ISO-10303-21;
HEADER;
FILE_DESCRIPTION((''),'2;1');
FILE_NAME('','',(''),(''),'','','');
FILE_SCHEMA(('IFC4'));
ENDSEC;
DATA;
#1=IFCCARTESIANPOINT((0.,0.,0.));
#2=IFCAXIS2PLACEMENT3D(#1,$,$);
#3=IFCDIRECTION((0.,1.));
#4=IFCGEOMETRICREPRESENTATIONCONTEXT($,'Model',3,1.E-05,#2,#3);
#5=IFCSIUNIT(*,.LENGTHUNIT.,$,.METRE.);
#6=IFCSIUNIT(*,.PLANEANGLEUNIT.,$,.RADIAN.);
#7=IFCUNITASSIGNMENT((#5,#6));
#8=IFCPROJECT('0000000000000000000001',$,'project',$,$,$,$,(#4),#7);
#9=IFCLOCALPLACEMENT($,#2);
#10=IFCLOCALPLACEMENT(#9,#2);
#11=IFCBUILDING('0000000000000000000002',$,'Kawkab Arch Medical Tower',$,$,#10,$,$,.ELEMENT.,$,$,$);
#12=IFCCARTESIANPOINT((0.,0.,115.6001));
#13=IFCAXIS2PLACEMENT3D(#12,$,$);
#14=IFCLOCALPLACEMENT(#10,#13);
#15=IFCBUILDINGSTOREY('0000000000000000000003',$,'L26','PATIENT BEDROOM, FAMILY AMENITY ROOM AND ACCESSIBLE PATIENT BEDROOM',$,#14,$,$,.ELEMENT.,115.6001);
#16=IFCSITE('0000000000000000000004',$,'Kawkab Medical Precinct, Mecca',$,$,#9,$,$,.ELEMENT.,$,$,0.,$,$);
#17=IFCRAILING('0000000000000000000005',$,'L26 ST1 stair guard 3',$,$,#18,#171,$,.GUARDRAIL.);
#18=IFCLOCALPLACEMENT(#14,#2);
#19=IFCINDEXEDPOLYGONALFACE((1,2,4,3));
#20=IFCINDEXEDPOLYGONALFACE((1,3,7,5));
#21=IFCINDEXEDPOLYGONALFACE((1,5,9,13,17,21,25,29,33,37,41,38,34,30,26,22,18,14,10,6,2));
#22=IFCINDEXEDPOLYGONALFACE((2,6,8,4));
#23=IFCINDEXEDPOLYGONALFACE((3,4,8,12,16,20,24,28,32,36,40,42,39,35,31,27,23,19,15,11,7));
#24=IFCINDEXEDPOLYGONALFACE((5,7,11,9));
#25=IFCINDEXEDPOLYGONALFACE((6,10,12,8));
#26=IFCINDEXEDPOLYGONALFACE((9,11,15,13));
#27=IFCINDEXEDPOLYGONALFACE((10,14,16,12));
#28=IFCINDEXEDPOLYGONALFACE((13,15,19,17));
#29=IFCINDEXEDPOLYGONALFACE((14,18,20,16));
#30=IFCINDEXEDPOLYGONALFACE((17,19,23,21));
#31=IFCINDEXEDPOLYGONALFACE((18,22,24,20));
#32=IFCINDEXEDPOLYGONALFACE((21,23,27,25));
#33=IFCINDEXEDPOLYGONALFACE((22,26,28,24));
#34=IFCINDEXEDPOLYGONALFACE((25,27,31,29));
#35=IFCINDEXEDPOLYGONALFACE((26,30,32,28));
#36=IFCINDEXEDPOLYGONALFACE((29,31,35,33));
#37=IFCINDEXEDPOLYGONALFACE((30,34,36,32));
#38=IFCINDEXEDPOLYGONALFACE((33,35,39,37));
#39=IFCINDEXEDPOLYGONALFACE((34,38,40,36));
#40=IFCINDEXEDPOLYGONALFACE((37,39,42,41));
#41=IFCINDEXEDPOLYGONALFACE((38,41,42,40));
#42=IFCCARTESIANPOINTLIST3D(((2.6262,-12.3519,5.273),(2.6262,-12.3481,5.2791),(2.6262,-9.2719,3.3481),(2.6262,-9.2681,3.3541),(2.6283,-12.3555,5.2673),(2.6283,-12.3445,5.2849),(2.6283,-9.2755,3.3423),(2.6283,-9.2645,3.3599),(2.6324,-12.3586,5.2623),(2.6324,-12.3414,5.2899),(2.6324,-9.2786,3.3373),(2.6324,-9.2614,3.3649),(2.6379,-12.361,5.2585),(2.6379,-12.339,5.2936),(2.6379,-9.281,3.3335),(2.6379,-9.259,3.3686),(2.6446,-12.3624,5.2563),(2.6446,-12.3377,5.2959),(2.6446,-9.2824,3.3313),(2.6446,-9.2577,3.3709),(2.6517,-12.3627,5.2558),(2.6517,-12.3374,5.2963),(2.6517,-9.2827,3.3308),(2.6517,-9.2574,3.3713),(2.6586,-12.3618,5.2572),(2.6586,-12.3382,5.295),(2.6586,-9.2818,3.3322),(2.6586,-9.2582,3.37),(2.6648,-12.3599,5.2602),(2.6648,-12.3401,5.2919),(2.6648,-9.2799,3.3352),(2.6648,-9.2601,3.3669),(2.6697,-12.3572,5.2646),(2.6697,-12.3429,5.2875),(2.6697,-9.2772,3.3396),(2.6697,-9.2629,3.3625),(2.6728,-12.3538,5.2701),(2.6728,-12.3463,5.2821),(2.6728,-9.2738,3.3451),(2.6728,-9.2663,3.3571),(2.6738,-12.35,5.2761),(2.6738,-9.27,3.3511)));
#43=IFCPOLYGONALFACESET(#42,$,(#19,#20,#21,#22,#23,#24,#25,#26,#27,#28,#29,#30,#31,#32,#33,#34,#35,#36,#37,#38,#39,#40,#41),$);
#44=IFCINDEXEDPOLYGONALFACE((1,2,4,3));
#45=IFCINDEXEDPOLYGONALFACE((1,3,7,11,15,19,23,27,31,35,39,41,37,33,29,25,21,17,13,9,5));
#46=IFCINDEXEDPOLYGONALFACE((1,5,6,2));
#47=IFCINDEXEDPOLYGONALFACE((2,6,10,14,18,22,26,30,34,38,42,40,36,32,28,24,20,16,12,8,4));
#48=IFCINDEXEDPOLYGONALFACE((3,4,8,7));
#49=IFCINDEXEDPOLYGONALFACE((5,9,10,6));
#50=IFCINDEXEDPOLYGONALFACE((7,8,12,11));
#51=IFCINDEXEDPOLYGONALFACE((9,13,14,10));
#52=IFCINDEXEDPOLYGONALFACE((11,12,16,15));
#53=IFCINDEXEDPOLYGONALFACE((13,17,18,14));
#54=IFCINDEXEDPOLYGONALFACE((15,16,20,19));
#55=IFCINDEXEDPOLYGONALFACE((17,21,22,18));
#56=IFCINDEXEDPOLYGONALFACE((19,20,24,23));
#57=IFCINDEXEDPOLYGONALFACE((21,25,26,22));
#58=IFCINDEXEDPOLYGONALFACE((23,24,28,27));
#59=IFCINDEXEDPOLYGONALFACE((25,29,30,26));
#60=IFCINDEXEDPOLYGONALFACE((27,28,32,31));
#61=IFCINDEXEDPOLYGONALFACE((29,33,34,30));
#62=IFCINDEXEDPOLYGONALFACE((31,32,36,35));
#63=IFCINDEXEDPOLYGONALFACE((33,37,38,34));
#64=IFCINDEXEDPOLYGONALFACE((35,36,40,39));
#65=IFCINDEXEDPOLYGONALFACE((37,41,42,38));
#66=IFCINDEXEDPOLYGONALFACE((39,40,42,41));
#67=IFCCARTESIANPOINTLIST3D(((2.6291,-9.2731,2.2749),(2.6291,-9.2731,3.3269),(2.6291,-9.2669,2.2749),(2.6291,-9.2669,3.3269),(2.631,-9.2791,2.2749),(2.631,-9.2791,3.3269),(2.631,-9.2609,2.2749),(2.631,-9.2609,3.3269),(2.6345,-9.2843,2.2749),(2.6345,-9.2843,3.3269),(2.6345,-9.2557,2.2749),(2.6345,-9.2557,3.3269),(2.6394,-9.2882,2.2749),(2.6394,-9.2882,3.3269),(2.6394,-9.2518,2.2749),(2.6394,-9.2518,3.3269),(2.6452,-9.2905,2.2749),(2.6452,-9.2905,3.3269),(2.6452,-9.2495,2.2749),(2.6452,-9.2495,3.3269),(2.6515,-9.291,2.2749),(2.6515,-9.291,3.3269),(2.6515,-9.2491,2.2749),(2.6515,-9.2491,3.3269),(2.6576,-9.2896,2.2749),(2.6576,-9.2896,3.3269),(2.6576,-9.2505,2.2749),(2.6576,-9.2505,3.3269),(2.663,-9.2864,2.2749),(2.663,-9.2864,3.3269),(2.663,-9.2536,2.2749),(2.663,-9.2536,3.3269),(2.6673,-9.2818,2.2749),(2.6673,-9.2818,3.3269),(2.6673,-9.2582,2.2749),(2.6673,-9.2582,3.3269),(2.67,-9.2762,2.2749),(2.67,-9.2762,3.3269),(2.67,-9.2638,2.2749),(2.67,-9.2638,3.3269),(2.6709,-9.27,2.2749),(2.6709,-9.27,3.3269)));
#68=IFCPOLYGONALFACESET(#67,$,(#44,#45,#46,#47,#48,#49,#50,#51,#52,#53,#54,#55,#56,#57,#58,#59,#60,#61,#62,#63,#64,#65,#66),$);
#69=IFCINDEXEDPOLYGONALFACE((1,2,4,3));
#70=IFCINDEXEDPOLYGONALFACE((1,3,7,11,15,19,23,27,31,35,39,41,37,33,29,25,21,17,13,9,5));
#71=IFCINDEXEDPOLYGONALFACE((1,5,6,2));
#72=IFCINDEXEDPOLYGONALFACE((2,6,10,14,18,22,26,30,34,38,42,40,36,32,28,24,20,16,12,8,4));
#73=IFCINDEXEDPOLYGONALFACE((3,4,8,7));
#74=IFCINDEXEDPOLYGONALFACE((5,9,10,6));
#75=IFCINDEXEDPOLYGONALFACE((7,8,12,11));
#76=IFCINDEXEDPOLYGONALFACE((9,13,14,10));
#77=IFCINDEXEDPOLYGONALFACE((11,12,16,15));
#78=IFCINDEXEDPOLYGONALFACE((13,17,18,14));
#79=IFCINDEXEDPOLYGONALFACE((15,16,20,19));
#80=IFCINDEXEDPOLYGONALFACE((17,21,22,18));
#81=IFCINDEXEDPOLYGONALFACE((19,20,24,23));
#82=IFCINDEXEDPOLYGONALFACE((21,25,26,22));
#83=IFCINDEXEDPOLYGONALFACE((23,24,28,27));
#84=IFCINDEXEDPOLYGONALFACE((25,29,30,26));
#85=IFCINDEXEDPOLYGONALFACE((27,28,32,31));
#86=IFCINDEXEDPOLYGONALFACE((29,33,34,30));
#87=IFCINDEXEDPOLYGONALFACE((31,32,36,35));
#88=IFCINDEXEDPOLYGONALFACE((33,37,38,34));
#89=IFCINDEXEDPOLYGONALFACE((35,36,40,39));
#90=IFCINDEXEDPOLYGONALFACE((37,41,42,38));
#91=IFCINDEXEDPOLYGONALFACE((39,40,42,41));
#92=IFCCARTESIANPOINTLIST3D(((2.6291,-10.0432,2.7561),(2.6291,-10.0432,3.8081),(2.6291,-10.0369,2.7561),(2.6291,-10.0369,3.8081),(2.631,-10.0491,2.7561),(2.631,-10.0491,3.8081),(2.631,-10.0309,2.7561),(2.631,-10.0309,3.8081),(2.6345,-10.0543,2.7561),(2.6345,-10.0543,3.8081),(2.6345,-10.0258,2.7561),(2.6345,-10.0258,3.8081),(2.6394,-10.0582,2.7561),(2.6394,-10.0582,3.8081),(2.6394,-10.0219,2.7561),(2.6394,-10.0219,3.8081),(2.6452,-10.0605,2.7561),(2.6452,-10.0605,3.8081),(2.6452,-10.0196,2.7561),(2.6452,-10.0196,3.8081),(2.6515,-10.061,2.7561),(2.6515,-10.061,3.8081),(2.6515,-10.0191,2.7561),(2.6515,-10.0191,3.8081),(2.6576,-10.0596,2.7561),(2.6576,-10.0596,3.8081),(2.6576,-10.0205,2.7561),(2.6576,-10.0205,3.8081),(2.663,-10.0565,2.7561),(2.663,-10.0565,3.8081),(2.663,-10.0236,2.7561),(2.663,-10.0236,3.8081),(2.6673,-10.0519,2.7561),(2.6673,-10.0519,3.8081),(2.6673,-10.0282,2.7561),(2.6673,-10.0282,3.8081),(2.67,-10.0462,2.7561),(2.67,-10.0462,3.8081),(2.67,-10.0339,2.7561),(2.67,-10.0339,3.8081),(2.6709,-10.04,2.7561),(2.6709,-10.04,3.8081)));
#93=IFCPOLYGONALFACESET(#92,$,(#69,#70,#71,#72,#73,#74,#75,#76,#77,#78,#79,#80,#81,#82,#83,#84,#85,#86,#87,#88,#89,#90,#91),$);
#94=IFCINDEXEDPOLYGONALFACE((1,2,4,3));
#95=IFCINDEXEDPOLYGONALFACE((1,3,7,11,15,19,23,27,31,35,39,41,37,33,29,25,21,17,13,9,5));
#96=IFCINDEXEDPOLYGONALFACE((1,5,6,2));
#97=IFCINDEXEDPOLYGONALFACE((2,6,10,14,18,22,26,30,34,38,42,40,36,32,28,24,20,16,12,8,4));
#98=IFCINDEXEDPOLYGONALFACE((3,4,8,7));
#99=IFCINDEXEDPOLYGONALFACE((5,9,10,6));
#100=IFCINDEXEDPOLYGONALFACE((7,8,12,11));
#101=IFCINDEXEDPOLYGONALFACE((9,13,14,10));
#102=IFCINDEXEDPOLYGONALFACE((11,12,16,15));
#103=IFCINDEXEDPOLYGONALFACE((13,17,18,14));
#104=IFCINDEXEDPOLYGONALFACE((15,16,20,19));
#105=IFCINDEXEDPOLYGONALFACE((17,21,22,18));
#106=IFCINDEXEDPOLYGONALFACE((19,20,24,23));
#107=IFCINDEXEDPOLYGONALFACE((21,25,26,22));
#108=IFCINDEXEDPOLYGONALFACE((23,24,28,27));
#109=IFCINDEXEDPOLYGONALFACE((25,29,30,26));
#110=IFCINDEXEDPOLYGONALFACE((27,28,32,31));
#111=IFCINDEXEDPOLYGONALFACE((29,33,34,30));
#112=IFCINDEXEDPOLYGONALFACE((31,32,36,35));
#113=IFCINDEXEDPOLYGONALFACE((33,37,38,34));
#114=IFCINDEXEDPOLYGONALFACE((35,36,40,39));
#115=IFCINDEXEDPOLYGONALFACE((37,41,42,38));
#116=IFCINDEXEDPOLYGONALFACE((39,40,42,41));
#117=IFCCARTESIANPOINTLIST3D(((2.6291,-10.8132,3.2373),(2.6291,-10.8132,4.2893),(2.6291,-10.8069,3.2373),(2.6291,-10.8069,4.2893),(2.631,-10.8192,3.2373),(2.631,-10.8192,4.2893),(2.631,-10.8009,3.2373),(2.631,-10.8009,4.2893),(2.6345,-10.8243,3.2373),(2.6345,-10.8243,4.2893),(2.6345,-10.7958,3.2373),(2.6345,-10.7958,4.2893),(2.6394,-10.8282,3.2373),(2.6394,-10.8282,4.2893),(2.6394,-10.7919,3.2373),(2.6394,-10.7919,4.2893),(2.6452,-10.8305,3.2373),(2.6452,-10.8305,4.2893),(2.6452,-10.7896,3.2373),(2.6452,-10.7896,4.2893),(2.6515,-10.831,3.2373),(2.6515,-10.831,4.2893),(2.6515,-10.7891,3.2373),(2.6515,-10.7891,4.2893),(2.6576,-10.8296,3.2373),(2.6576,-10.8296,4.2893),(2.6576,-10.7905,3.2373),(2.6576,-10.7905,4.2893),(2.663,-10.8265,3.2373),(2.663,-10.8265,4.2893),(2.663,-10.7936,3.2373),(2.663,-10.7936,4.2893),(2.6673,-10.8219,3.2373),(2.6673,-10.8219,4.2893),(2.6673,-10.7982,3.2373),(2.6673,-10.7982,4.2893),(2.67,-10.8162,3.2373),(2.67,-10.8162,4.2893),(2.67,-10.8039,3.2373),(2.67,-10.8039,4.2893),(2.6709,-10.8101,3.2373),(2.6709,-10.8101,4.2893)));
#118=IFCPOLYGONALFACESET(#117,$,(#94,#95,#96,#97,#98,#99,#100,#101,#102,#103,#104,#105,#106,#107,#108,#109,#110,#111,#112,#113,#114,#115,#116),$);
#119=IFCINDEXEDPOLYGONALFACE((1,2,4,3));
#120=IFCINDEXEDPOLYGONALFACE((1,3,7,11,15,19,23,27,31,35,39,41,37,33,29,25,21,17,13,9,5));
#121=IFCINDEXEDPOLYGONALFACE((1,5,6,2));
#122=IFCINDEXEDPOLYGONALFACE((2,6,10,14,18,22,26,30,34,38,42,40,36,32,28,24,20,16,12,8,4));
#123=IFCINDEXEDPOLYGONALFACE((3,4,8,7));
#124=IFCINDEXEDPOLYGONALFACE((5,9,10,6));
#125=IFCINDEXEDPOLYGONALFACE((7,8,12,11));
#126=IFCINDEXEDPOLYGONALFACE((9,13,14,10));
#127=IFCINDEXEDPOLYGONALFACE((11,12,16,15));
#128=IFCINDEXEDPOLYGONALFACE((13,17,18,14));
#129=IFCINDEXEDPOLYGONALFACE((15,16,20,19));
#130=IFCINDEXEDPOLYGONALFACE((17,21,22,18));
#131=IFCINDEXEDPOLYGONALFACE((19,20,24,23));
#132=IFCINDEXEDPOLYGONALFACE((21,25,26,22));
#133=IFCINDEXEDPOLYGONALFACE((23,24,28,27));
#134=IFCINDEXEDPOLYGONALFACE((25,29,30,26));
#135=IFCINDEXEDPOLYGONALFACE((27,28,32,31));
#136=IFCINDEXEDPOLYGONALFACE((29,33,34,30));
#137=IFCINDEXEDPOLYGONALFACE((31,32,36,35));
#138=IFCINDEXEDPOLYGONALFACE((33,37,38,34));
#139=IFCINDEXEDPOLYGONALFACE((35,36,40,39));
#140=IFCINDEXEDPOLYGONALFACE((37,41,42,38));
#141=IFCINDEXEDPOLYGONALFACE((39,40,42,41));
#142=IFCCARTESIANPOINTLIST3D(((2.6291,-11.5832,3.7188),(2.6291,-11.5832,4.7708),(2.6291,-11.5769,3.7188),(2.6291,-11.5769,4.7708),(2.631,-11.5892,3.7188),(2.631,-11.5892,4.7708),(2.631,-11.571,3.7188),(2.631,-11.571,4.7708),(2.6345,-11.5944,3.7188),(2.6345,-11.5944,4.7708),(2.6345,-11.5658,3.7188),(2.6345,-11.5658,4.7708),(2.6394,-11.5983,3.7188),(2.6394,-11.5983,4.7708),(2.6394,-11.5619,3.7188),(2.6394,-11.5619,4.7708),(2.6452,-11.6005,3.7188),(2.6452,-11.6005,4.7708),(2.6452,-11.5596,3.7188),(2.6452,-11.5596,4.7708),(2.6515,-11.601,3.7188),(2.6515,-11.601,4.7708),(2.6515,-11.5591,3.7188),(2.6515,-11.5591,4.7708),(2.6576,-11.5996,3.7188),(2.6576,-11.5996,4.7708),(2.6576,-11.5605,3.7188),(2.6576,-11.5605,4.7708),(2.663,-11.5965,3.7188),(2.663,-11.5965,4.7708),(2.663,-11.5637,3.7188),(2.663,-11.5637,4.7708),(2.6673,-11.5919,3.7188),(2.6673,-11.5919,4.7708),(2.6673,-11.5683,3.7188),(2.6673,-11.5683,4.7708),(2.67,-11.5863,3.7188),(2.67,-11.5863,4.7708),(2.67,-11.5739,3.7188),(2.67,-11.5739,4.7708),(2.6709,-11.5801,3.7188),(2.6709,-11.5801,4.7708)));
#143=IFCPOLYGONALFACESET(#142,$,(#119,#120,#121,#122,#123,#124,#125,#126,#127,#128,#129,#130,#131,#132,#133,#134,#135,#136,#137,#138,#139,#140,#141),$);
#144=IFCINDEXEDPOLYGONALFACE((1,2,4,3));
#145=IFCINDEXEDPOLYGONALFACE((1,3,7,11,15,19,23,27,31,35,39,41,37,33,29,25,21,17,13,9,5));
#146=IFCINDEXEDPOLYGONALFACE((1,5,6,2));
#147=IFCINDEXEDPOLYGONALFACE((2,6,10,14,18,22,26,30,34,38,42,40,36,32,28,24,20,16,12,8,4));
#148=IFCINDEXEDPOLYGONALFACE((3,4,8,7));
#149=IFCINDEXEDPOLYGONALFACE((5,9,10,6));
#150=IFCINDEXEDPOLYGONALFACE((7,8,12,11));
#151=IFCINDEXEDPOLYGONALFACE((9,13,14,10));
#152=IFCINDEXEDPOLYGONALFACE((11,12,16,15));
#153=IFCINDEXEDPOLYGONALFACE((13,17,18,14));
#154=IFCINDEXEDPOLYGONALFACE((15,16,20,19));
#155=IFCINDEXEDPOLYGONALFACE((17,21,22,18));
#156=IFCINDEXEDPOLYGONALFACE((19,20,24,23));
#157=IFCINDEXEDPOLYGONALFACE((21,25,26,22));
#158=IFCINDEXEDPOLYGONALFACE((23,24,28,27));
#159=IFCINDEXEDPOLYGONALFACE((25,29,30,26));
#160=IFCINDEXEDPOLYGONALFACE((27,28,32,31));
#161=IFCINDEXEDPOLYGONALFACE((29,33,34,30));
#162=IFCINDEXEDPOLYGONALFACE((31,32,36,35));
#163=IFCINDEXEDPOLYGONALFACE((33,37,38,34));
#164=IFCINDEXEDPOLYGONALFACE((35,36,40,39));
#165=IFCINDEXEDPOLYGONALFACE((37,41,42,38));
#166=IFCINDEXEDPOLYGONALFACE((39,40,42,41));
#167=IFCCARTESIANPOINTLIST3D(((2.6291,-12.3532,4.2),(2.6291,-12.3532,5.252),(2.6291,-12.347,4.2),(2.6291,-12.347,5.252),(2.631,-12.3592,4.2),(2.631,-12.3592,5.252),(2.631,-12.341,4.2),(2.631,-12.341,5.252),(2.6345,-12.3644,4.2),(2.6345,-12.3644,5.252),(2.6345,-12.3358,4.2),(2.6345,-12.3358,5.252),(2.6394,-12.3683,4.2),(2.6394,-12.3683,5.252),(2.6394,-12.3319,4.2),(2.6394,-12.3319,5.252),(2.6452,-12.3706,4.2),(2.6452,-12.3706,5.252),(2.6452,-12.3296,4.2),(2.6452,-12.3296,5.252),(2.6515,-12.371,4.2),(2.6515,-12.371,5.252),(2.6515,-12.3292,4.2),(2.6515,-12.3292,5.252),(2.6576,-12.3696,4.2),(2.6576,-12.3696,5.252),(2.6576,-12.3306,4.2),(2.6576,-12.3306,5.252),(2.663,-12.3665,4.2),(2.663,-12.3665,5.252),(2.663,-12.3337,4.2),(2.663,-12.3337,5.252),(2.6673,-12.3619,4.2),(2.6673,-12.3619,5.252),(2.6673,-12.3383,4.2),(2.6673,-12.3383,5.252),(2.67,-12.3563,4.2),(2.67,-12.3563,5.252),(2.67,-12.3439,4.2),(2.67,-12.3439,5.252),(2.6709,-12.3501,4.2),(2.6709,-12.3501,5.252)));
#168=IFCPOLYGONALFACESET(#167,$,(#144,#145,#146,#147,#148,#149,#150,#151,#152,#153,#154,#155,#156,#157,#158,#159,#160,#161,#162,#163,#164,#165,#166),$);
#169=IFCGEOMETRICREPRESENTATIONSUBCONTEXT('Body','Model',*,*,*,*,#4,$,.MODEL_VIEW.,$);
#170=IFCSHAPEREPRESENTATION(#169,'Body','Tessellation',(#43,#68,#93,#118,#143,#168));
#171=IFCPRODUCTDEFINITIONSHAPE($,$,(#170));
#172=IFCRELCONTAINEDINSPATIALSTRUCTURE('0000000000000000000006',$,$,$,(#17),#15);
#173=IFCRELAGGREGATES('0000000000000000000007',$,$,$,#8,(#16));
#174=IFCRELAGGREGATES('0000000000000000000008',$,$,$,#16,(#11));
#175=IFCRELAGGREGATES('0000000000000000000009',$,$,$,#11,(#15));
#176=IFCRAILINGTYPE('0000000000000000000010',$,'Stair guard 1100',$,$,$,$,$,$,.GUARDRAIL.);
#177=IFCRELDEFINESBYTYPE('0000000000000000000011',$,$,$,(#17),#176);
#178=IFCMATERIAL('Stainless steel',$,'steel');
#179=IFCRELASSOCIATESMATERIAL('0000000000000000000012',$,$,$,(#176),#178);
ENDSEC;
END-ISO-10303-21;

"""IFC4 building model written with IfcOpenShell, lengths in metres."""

from ifc_helpers import new_model, si_unit, direction, frame, origin, origin_2d, place, context, subcontext, project, spatial, circle, extrude, material, type_object, element, save


model = new_model("IFC4")

# Units and contexts
model_context = context("Model", 3, precision=1e-05, world=origin(), true_north=direction((0.0, 1.0)))
body_context = subcontext(model_context, "Body", "Model", "MODEL_VIEW")
ifc_project = project(units=[si_unit("LENGTHUNIT", "METRE"), si_unit("PLANEANGLEUNIT", "RADIAN")], contexts=[model_context])

# Site, building, storey
site_placement = place(None, origin())
site = spatial("IfcSite", under=ifc_project, at=site_placement, Name="Kawkab Medical Precinct, Mecca", CompositionType="ELEMENT", RefElevation=0.0)
building_placement = place(site_placement, origin())
building = spatial("IfcBuilding", under=site, at=building_placement, Name="Kawkab Arch Medical Tower", CompositionType="ELEMENT")
storey_placement = place(building_placement, frame((0.0, 0.0, 115.6001)))
storey = spatial("IfcBuildingStorey", under=building, at=storey_placement, Name="L26", Description="PATIENT BEDROOM, FAMILY AMENITY ROOM AND ACCESSIBLE PATIENT BEDROOM", CompositionType="ELEMENT", Elevation=115.6001)

# Railing
ifc_material_1 = material(Name="Stainless steel", Category="steel")
railing_type_1 = type_object("IfcRailingType", Name="Stair guard 1100", PredefinedType="GUARDRAIL", material=ifc_material_1)
railing_1_placement = place(storey_placement, frame((2.6499, -9.27, 2.2749)))
element("IfcRailing", 1, at=railing_1_placement, inside=storey, type_object=railing_type_1, Name="L26 ST1 stair guard 3", PredefinedType="GUARDRAIL", context=body_context, shape_type="SweptSolid", body=[
    extrude(circle(Radius=0.0239, at=origin_2d()), frame((0.0, 0.0, 1.0762), z_axis=(0.0, -0.847998, 0.529999), x_axis=(1.0, 0.0, 0.0)), (0.0, 0.0, 1.0), 3.6321),
    extrude(circle(Radius=0.021, at=origin_2d()), origin(), (0.0, 0.0, 1.0), 1.052),
    extrude(circle(Radius=0.021, at=origin_2d()), frame((0.0, -0.77, 0.4812)), (0.0, 0.0, 1.0), 1.052),
    extrude(circle(Radius=0.021, at=origin_2d()), frame((0.0, -1.54, 0.9624)), (0.0, 0.0, 1.0), 1.052),
    extrude(circle(Radius=0.021, at=origin_2d()), frame((0.0, -2.3101, 1.4438)), (0.0, 0.0, 1.0), 1.052),
    extrude(circle(Radius=0.021, at=origin_2d()), frame((0.0, -3.0801, 1.925)), (0.0, 0.0, 1.0), 1.052),
])

save(model, "model.ifc")
